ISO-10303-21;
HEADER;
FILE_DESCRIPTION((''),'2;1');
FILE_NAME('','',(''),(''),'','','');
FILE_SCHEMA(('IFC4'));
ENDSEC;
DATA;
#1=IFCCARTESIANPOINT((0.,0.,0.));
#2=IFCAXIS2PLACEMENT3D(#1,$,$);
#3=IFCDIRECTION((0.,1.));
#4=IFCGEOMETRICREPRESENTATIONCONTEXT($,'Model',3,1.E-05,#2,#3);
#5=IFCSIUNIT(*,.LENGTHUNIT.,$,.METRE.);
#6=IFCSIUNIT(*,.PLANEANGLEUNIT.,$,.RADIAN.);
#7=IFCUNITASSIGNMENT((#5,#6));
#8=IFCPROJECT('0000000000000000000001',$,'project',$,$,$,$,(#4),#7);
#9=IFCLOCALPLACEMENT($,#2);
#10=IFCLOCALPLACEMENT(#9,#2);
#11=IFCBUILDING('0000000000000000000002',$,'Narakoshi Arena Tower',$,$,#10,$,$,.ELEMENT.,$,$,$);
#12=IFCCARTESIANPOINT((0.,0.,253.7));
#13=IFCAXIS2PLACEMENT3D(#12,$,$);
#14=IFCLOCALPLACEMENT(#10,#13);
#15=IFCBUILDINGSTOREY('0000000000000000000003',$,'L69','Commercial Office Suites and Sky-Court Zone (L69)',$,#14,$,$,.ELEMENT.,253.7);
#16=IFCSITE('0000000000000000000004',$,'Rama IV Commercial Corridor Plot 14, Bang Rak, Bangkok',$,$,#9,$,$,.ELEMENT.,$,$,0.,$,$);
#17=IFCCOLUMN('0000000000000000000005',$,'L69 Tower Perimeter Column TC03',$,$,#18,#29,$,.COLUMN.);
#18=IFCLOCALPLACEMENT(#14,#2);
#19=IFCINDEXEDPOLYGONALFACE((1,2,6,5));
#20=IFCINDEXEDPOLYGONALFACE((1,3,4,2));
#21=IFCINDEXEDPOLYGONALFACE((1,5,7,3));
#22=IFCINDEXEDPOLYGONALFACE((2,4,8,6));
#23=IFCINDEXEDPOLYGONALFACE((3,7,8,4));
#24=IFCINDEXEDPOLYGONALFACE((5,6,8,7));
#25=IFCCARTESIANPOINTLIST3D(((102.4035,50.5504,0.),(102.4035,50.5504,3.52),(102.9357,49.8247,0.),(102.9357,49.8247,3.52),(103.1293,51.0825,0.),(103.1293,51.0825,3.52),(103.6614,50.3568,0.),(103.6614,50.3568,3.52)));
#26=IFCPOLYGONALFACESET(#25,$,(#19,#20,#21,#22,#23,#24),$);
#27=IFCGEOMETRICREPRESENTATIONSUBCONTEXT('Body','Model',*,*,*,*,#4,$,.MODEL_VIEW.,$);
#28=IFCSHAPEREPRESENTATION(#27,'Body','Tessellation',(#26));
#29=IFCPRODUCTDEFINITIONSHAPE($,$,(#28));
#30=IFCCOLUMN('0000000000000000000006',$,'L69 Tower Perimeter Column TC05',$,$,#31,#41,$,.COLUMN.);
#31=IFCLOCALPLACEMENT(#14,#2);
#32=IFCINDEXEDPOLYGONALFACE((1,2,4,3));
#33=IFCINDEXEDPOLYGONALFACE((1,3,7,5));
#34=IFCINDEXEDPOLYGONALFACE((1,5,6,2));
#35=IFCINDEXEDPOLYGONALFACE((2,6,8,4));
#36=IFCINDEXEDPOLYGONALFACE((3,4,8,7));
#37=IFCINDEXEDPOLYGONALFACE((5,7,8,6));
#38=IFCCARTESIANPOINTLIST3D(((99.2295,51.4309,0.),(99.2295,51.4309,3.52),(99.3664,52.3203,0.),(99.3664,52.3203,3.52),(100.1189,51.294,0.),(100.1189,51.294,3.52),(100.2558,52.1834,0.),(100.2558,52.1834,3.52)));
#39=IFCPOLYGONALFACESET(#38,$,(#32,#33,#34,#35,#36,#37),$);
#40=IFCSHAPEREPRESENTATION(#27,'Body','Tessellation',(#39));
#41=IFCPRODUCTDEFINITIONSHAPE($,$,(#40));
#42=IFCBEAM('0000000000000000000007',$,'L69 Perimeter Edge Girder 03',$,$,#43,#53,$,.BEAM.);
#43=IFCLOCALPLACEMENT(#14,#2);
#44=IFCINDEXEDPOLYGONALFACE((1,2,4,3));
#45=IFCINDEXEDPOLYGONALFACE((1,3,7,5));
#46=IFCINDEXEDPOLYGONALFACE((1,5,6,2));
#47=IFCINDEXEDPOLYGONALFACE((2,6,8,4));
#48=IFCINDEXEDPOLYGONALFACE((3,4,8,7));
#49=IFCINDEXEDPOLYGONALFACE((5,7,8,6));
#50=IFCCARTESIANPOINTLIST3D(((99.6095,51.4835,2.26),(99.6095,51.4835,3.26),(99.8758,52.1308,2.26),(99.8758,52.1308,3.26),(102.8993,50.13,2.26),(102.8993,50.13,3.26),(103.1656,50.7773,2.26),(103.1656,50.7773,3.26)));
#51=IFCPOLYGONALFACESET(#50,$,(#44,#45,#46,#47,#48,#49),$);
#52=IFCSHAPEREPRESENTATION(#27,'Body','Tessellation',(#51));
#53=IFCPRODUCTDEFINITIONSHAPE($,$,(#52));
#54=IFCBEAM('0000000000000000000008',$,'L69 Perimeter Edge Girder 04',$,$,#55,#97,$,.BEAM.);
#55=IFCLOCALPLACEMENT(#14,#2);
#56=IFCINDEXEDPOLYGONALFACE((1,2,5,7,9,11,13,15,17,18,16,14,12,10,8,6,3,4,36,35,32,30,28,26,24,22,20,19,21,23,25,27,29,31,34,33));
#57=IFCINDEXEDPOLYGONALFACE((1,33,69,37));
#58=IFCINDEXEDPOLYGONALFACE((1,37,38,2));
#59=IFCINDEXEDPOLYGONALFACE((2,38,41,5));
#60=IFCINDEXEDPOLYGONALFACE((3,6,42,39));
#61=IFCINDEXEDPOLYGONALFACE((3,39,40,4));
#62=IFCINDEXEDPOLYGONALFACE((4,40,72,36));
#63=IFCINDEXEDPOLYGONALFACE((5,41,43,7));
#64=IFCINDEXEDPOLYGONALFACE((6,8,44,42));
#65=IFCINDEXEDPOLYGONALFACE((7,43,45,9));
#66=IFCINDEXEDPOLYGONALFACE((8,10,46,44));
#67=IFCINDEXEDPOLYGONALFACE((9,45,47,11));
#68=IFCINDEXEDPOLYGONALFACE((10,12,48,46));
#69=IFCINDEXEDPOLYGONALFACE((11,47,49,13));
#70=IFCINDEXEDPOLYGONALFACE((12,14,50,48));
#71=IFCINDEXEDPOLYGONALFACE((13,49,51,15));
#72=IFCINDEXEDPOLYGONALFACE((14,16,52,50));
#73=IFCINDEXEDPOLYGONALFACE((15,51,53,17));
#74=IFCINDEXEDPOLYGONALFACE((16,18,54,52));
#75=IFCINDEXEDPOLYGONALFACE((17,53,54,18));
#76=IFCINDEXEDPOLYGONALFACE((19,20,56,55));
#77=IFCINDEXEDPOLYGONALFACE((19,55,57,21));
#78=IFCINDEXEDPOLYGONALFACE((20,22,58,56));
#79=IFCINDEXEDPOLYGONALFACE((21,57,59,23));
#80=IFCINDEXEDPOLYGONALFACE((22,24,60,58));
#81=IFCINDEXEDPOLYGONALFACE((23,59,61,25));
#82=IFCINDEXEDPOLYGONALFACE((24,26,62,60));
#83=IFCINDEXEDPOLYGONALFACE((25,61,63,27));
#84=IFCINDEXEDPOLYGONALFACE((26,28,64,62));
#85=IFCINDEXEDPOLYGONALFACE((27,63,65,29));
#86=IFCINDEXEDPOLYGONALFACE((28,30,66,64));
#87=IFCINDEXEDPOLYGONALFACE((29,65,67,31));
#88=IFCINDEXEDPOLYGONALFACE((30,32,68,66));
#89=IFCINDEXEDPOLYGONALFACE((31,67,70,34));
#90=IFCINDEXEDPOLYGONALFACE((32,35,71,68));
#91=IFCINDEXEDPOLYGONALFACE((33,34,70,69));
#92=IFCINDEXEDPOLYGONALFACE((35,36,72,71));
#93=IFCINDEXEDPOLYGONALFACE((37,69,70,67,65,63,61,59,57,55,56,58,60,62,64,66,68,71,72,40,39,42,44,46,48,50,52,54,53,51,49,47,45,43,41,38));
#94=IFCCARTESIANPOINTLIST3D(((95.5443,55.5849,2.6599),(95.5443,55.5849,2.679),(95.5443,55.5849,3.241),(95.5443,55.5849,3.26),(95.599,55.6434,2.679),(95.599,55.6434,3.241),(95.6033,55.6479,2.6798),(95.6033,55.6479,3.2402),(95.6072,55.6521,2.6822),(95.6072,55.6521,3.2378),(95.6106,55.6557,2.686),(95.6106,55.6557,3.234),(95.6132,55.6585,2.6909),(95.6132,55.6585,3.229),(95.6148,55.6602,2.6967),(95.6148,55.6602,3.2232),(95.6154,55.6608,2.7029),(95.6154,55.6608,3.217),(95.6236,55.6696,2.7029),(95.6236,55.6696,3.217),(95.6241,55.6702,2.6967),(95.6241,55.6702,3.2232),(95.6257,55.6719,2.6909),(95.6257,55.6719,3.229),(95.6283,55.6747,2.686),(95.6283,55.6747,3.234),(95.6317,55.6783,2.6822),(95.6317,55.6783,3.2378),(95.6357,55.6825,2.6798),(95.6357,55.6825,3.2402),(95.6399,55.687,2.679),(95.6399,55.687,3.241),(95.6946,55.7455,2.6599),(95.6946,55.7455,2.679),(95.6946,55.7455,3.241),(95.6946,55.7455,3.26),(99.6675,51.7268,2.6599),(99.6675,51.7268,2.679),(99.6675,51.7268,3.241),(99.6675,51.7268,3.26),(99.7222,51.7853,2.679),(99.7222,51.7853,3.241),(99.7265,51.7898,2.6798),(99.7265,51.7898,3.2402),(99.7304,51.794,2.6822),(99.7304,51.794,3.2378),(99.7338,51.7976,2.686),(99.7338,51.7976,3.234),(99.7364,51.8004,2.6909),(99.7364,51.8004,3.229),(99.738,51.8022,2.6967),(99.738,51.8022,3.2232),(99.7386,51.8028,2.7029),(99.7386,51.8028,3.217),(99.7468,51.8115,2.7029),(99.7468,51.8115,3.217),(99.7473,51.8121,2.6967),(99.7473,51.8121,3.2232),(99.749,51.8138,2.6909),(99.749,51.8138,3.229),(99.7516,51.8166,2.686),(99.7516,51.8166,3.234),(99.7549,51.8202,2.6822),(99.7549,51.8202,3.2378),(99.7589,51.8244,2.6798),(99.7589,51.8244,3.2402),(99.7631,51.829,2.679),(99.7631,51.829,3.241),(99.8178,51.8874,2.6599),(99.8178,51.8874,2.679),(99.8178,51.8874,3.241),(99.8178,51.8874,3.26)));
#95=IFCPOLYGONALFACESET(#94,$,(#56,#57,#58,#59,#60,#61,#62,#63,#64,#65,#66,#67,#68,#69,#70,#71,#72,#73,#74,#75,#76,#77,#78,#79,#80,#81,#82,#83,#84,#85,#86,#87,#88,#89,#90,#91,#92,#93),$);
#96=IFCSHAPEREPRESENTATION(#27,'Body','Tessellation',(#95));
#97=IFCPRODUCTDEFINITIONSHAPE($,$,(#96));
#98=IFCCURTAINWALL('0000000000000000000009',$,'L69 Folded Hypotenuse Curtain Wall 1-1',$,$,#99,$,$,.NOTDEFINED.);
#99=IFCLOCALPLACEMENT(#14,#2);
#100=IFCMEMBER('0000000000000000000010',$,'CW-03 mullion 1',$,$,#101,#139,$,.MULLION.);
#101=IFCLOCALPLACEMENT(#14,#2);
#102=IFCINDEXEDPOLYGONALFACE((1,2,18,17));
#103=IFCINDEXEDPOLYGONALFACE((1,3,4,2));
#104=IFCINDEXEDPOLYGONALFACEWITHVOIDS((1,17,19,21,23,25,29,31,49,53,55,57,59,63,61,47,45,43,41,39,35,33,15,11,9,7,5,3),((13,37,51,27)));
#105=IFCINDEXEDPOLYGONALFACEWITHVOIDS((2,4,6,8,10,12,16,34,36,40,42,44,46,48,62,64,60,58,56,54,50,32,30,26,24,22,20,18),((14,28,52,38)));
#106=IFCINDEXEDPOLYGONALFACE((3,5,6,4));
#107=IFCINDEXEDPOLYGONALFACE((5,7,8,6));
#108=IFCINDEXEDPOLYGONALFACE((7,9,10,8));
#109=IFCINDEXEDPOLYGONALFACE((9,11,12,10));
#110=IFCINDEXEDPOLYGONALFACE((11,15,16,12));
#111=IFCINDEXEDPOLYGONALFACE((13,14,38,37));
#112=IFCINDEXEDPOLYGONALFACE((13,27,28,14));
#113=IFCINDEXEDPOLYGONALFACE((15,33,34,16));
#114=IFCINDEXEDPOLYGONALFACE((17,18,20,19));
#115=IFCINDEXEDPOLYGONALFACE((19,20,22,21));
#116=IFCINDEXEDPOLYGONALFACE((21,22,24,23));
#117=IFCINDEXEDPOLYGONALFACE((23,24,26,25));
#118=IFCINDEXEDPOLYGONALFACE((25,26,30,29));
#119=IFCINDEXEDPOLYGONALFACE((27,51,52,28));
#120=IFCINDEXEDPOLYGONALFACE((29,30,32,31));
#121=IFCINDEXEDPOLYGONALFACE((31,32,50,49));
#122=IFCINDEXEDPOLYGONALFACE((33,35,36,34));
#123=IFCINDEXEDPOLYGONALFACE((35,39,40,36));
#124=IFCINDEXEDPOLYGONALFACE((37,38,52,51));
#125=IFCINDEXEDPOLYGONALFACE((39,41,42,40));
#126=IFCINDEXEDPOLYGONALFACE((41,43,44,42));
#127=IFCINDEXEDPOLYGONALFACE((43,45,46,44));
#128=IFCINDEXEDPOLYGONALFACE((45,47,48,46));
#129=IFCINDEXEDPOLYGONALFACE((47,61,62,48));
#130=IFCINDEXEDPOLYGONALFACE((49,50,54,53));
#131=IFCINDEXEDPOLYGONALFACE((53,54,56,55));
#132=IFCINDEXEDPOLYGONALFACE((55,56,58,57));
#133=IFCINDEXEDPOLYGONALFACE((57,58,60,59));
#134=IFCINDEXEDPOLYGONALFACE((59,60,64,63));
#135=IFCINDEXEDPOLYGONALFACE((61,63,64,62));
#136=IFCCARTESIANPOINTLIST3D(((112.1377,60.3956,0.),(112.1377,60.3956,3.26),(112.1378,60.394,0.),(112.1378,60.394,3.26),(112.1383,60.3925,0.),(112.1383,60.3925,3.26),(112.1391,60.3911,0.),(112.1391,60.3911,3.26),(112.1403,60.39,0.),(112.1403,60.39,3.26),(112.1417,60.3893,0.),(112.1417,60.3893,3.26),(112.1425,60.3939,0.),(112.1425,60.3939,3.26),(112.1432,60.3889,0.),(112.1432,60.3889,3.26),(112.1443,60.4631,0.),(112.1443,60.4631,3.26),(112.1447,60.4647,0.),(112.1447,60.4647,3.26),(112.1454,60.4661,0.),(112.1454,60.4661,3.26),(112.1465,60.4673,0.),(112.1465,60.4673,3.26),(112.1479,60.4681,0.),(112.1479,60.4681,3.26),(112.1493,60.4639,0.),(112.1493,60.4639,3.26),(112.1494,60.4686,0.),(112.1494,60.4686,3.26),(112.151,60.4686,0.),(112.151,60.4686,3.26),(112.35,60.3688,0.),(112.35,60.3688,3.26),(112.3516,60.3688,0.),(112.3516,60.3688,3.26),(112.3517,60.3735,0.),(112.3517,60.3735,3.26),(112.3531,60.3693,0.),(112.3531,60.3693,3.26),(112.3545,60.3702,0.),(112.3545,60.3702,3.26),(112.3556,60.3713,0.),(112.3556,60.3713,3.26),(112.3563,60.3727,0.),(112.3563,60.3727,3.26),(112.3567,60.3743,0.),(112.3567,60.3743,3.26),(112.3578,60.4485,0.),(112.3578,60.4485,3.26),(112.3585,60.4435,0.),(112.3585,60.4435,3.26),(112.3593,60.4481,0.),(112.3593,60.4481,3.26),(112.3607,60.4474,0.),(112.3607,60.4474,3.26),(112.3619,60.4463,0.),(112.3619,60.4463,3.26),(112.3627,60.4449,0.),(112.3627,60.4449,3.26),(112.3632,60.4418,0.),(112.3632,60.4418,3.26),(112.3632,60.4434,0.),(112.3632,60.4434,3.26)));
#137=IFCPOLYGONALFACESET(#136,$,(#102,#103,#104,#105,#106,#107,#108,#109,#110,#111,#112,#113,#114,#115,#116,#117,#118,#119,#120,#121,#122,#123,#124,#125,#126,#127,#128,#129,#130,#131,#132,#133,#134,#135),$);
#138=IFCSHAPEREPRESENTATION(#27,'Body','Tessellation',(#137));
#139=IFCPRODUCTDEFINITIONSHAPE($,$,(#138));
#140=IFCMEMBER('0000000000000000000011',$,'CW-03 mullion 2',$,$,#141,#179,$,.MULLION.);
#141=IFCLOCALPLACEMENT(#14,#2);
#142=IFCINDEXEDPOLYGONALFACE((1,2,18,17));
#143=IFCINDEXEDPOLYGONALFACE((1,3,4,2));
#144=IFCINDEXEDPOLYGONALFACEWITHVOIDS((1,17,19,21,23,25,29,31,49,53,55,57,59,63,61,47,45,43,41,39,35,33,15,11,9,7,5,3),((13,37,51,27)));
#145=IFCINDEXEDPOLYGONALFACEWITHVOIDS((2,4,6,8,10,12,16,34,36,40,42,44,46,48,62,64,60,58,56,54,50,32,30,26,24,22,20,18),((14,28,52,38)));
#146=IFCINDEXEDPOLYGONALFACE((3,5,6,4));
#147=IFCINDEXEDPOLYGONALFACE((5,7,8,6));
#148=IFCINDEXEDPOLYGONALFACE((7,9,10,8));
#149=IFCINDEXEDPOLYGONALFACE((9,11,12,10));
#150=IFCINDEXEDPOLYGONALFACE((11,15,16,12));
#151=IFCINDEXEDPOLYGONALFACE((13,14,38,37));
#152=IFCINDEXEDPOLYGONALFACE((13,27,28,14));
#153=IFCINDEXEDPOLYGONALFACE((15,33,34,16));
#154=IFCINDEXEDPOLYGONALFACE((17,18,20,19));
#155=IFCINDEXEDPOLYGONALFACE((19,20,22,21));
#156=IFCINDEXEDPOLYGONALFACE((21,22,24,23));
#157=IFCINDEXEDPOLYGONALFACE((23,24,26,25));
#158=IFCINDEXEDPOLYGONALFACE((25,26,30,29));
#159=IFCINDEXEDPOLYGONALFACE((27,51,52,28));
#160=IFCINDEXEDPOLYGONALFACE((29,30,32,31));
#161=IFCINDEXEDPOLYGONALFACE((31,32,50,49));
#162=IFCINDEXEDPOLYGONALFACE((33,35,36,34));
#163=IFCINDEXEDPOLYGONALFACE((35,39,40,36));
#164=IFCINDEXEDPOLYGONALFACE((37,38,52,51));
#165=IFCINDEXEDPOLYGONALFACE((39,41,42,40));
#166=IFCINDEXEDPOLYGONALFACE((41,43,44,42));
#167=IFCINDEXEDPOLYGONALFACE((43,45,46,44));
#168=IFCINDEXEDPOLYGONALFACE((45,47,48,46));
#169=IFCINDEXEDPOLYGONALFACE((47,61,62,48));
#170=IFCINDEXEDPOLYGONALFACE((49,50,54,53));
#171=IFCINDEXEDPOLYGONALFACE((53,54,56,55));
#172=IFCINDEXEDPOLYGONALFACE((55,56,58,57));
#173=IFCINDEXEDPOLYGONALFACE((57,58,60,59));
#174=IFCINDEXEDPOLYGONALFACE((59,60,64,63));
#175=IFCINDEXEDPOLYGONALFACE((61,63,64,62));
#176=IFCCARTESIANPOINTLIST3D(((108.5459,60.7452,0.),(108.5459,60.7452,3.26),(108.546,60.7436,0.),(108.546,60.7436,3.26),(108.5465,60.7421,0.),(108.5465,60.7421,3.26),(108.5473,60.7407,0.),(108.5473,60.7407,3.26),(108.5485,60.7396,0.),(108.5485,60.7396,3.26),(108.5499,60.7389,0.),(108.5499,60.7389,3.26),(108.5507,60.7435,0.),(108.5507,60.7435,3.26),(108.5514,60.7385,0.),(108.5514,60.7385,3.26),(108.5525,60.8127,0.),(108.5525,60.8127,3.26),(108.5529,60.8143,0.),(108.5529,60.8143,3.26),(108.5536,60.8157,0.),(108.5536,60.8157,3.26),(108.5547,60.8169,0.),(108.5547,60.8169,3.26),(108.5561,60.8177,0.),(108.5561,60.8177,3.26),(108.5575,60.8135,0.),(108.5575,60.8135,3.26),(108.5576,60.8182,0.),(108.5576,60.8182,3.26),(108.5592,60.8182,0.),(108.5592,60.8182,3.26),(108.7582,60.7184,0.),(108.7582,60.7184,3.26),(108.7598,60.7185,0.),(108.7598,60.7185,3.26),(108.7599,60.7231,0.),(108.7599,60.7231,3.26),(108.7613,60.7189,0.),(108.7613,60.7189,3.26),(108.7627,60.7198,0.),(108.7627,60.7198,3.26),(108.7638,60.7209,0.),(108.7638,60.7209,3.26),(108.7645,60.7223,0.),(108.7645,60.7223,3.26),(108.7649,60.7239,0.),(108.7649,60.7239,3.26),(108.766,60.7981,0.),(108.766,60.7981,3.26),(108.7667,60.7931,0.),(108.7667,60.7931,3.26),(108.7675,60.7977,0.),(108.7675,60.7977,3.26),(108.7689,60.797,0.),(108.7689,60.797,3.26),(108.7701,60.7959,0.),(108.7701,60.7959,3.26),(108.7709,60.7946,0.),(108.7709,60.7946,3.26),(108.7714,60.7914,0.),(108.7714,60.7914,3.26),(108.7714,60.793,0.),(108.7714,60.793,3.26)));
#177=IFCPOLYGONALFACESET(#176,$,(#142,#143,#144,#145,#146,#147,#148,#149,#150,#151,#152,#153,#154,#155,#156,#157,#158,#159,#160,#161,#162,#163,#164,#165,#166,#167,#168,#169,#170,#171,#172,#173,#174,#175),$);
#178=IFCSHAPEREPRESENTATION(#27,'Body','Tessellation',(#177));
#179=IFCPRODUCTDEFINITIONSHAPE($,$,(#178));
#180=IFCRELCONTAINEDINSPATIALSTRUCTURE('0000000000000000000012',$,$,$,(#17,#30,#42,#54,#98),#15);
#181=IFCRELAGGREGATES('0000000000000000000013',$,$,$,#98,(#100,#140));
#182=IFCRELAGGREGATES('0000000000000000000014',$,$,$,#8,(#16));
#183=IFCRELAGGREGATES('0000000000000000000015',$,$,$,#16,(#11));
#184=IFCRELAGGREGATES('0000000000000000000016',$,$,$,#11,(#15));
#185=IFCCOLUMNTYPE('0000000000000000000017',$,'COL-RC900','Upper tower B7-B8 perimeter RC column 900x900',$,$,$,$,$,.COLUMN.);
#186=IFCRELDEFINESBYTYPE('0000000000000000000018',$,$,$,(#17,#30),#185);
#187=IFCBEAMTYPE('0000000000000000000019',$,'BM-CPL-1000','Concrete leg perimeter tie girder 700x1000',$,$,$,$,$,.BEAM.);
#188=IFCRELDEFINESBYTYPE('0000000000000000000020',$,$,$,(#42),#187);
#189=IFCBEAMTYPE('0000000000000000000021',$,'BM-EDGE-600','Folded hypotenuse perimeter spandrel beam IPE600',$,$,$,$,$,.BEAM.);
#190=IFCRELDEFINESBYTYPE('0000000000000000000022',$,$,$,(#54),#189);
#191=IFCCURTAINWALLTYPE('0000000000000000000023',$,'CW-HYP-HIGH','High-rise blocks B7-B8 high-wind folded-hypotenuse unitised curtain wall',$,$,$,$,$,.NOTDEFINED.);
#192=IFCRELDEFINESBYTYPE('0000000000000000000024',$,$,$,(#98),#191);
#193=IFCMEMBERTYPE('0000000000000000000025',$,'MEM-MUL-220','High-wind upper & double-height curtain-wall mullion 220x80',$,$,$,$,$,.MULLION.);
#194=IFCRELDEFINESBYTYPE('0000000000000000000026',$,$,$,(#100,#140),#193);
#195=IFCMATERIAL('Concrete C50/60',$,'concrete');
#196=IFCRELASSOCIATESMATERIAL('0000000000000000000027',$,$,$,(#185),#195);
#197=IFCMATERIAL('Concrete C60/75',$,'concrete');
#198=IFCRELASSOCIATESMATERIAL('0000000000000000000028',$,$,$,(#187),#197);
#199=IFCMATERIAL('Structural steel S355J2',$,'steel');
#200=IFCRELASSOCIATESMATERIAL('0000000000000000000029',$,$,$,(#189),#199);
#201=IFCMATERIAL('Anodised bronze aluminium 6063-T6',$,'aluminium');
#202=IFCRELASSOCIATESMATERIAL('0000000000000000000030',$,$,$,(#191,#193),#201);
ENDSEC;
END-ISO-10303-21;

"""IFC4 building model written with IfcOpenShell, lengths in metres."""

from ifc_helpers import new_model, si_unit, direction, frame, origin, origin_2d, place, context, subcontext, project, spatial, rectangle, hollow_rectangle, i_section, extrude, material, material_profile, profile_set, type_object, element, aggregate, save


model = new_model("IFC4")

# Units and contexts
model_context = context("Model", 3, precision=1e-05, world=origin(), true_north=direction((0.0, 1.0)))
body_context = subcontext(model_context, "Body", "Model", "MODEL_VIEW")
ifc_project = project(units=[si_unit("LENGTHUNIT", "METRE"), si_unit("PLANEANGLEUNIT", "RADIAN")], contexts=[model_context])

# Site, building, storey
site_placement = place(None, origin())
site = spatial("IfcSite", under=ifc_project, at=site_placement, Name="Rama IV Commercial Corridor Plot 14, Bang Rak, Bangkok", CompositionType="ELEMENT", RefElevation=0.0)
building_placement = place(site_placement, origin())
building = spatial("IfcBuilding", under=site, at=building_placement, Name="Narakoshi Arena Tower", CompositionType="ELEMENT")
storey_placement = place(building_placement, frame((0.0, 0.0, 253.7)))
storey = spatial("IfcBuildingStorey", under=building, at=storey_placement, Name="L69", Description="Commercial Office Suites and Sky-Court Zone (L69)", CompositionType="ELEMENT", Elevation=253.7)

# Columns
ifc_material_1 = material(Name="Concrete C50/60", Category="concrete")
ifc_material_profile_1 = material_profile(ifc_material_1, rectangle(XDim=0.8999, YDim=0.8999, at=origin_2d()), Name="RC900x900")
ifc_profile_set_1 = profile_set([ifc_material_profile_1], Name="Concrete C50/60")
column_type = type_object("IfcColumnType", Name="COL-RC900", Description="Upper tower B7-B8 perimeter RC column 900x900", PredefinedType="COLUMN", material=ifc_profile_set_1)
for number, where, z_axis, x_axis, name in (
    (1, (103.0325, 50.4536, 0.0), (0.0, 0.0, 1.0), (0.806445, 0.59131, 0.0), "L69 Tower Perimeter Column TC03"),
    (2, (99.7427, 51.8071, 0.0), (0.0, 0.0, 1.0), (0.152123, 0.988362, 0.0), "L69 Tower Perimeter Column TC05"),
):
    element("IfcColumn", number, at=place(storey_placement, frame(where, z_axis=z_axis, x_axis=x_axis)), inside=storey, type_object=column_type, Name=name, PredefinedType="COLUMN", context=body_context, shape_type="SweptSolid", body=[
        extrude(rectangle(XDim=0.8999, YDim=0.8999, at=origin_2d()), origin(), (0.0, 0.0, 1.0), 3.52),
    ])

# Beams
ifc_material_2 = material(Name="Concrete C60/75", Category="concrete")
ifc_material_profile_2 = material_profile(ifc_material_2, rectangle(XDim=0.7, YDim=1.0, at=origin_2d()), Name="RCB700x1000")
ifc_profile_set_2 = profile_set([ifc_material_profile_2], Name="Concrete C60/75")
beam_type_1 = type_object("IfcBeamType", Name="BM-CPL-1000", Description="Concrete leg perimeter tie girder 700x1000", PredefinedType="BEAM", material=ifc_profile_set_2)
beam_1_placement = place(storey_placement, frame((103.0325, 50.4536, 2.76), z_axis=(-0.924788, 0.380484, 0.0), x_axis=(-0.380484, -0.924788, 0.0)))
element("IfcBeam", 3, at=beam_1_placement, inside=storey, type_object=beam_type_1, Name="L69 Perimeter Edge Girder 03", PredefinedType="BEAM", context=body_context, shape_type="SweptSolid", body=[
    extrude(rectangle(XDim=0.7, YDim=1.0, at=origin_2d()), origin(), (0.0, 0.0, 1.0), 3.5574),
])
ifc_material_3 = material(Name="Structural steel S355J2", Category="steel")
ifc_material_profile_3 = material_profile(ifc_material_3, i_section(OverallWidth=0.22, OverallDepth=0.6001, WebThickness=0.012, FlangeThickness=0.019, FilletRadius=0.0239, at=origin_2d()), Name="IPE600")
ifc_profile_set_3 = profile_set([ifc_material_profile_3], Name="Structural steel S355J2")
beam_type_2 = type_object("IfcBeamType", Name="BM-EDGE-600", Description="Folded hypotenuse perimeter spandrel beam IPE600", PredefinedType="BEAM", material=ifc_profile_set_3)
beam_2_placement = place(storey_placement, frame((99.7427, 51.8071, 2.96), z_axis=(-0.730193, 0.68324, 0.0), x_axis=(-0.68324, -0.730193, 0.0)))
element("IfcBeam", 4, at=beam_2_placement, inside=storey, type_object=beam_type_2, Name="L69 Perimeter Edge Girder 04", PredefinedType="BEAM", context=body_context, shape_type="SweptSolid", body=[
    extrude(i_section(OverallWidth=0.22, OverallDepth=0.6001, WebThickness=0.012, FlangeThickness=0.019, FilletRadius=0.0239, at=origin_2d()), origin(), (0.0, 0.0, 1.0), 5.6467),
])

# Curtain wall, members
ifc_material_4 = material(Name="Anodised bronze aluminium 6063-T6", Category="aluminium")
curtain_wall_type = type_object("IfcCurtainWallType", Name="CW-HYP-HIGH", Description="High-rise blocks B7-B8 high-wind folded-hypotenuse unitised curtain wall", PredefinedType="NOTDEFINED", material=ifc_material_4)
curtain_wall_placement = place(storey_placement, origin())
curtain_wall = element("IfcCurtainWall", 5, at=curtain_wall_placement, inside=storey, type_object=curtain_wall_type, Name="L69 Folded Hypotenuse Curtain Wall 1-1", PredefinedType="NOTDEFINED")
ifc_material_profile_4 = material_profile(ifc_material_4, hollow_rectangle(XDim=0.0801, YDim=0.22, WallThickness=0.0049, OuterFilletRadius=0.0061, at=origin_2d()), Name="MUL220x80x5")
ifc_profile_set_4 = profile_set([ifc_material_profile_4], Name="Anodised bronze aluminium 6063-T6")
member_type_1 = type_object("IfcMemberType", Name="MEM-MUL-220", Description="High-wind upper & double-height curtain-wall mullion 220x80", PredefinedType="MULLION", material=ifc_profile_set_4)
member_1_placement = place(storey_placement, frame((112.2505, 60.4187, 0.0), z_axis=(0.0, 0.0, 1.0), x_axis=(-0.096851, -0.995299, 0.0)))
member_1 = element("IfcMember", 6, at=member_1_placement, type_object=member_type_1, Name="CW-03 mullion 1", PredefinedType="MULLION", context=body_context, shape_type="SweptSolid", body=[
    extrude(hollow_rectangle(XDim=0.0801, YDim=0.22, WallThickness=0.0049, OuterFilletRadius=0.0061, at=origin_2d()), origin(), (0.0, 0.0, 1.0), 3.26),
])
member_2_placement = place(storey_placement, frame((108.6587, 60.7683, 0.0), z_axis=(0.0, 0.0, 1.0), x_axis=(-0.096851, -0.995299, 0.0)))
member_2 = element("IfcMember", 7, at=member_2_placement, type_object=member_type_1, Name="CW-03 mullion 2", PredefinedType="MULLION", context=body_context, shape_type="SweptSolid", body=[
    extrude(hollow_rectangle(XDim=0.0801, YDim=0.22, WallThickness=0.0049, OuterFilletRadius=0.0061, at=origin_2d()), origin(), (0.0, 0.0, 1.0), 3.26),
])
aggregate(curtain_wall, [member_1, member_2])

save(model, "model.ifc")
